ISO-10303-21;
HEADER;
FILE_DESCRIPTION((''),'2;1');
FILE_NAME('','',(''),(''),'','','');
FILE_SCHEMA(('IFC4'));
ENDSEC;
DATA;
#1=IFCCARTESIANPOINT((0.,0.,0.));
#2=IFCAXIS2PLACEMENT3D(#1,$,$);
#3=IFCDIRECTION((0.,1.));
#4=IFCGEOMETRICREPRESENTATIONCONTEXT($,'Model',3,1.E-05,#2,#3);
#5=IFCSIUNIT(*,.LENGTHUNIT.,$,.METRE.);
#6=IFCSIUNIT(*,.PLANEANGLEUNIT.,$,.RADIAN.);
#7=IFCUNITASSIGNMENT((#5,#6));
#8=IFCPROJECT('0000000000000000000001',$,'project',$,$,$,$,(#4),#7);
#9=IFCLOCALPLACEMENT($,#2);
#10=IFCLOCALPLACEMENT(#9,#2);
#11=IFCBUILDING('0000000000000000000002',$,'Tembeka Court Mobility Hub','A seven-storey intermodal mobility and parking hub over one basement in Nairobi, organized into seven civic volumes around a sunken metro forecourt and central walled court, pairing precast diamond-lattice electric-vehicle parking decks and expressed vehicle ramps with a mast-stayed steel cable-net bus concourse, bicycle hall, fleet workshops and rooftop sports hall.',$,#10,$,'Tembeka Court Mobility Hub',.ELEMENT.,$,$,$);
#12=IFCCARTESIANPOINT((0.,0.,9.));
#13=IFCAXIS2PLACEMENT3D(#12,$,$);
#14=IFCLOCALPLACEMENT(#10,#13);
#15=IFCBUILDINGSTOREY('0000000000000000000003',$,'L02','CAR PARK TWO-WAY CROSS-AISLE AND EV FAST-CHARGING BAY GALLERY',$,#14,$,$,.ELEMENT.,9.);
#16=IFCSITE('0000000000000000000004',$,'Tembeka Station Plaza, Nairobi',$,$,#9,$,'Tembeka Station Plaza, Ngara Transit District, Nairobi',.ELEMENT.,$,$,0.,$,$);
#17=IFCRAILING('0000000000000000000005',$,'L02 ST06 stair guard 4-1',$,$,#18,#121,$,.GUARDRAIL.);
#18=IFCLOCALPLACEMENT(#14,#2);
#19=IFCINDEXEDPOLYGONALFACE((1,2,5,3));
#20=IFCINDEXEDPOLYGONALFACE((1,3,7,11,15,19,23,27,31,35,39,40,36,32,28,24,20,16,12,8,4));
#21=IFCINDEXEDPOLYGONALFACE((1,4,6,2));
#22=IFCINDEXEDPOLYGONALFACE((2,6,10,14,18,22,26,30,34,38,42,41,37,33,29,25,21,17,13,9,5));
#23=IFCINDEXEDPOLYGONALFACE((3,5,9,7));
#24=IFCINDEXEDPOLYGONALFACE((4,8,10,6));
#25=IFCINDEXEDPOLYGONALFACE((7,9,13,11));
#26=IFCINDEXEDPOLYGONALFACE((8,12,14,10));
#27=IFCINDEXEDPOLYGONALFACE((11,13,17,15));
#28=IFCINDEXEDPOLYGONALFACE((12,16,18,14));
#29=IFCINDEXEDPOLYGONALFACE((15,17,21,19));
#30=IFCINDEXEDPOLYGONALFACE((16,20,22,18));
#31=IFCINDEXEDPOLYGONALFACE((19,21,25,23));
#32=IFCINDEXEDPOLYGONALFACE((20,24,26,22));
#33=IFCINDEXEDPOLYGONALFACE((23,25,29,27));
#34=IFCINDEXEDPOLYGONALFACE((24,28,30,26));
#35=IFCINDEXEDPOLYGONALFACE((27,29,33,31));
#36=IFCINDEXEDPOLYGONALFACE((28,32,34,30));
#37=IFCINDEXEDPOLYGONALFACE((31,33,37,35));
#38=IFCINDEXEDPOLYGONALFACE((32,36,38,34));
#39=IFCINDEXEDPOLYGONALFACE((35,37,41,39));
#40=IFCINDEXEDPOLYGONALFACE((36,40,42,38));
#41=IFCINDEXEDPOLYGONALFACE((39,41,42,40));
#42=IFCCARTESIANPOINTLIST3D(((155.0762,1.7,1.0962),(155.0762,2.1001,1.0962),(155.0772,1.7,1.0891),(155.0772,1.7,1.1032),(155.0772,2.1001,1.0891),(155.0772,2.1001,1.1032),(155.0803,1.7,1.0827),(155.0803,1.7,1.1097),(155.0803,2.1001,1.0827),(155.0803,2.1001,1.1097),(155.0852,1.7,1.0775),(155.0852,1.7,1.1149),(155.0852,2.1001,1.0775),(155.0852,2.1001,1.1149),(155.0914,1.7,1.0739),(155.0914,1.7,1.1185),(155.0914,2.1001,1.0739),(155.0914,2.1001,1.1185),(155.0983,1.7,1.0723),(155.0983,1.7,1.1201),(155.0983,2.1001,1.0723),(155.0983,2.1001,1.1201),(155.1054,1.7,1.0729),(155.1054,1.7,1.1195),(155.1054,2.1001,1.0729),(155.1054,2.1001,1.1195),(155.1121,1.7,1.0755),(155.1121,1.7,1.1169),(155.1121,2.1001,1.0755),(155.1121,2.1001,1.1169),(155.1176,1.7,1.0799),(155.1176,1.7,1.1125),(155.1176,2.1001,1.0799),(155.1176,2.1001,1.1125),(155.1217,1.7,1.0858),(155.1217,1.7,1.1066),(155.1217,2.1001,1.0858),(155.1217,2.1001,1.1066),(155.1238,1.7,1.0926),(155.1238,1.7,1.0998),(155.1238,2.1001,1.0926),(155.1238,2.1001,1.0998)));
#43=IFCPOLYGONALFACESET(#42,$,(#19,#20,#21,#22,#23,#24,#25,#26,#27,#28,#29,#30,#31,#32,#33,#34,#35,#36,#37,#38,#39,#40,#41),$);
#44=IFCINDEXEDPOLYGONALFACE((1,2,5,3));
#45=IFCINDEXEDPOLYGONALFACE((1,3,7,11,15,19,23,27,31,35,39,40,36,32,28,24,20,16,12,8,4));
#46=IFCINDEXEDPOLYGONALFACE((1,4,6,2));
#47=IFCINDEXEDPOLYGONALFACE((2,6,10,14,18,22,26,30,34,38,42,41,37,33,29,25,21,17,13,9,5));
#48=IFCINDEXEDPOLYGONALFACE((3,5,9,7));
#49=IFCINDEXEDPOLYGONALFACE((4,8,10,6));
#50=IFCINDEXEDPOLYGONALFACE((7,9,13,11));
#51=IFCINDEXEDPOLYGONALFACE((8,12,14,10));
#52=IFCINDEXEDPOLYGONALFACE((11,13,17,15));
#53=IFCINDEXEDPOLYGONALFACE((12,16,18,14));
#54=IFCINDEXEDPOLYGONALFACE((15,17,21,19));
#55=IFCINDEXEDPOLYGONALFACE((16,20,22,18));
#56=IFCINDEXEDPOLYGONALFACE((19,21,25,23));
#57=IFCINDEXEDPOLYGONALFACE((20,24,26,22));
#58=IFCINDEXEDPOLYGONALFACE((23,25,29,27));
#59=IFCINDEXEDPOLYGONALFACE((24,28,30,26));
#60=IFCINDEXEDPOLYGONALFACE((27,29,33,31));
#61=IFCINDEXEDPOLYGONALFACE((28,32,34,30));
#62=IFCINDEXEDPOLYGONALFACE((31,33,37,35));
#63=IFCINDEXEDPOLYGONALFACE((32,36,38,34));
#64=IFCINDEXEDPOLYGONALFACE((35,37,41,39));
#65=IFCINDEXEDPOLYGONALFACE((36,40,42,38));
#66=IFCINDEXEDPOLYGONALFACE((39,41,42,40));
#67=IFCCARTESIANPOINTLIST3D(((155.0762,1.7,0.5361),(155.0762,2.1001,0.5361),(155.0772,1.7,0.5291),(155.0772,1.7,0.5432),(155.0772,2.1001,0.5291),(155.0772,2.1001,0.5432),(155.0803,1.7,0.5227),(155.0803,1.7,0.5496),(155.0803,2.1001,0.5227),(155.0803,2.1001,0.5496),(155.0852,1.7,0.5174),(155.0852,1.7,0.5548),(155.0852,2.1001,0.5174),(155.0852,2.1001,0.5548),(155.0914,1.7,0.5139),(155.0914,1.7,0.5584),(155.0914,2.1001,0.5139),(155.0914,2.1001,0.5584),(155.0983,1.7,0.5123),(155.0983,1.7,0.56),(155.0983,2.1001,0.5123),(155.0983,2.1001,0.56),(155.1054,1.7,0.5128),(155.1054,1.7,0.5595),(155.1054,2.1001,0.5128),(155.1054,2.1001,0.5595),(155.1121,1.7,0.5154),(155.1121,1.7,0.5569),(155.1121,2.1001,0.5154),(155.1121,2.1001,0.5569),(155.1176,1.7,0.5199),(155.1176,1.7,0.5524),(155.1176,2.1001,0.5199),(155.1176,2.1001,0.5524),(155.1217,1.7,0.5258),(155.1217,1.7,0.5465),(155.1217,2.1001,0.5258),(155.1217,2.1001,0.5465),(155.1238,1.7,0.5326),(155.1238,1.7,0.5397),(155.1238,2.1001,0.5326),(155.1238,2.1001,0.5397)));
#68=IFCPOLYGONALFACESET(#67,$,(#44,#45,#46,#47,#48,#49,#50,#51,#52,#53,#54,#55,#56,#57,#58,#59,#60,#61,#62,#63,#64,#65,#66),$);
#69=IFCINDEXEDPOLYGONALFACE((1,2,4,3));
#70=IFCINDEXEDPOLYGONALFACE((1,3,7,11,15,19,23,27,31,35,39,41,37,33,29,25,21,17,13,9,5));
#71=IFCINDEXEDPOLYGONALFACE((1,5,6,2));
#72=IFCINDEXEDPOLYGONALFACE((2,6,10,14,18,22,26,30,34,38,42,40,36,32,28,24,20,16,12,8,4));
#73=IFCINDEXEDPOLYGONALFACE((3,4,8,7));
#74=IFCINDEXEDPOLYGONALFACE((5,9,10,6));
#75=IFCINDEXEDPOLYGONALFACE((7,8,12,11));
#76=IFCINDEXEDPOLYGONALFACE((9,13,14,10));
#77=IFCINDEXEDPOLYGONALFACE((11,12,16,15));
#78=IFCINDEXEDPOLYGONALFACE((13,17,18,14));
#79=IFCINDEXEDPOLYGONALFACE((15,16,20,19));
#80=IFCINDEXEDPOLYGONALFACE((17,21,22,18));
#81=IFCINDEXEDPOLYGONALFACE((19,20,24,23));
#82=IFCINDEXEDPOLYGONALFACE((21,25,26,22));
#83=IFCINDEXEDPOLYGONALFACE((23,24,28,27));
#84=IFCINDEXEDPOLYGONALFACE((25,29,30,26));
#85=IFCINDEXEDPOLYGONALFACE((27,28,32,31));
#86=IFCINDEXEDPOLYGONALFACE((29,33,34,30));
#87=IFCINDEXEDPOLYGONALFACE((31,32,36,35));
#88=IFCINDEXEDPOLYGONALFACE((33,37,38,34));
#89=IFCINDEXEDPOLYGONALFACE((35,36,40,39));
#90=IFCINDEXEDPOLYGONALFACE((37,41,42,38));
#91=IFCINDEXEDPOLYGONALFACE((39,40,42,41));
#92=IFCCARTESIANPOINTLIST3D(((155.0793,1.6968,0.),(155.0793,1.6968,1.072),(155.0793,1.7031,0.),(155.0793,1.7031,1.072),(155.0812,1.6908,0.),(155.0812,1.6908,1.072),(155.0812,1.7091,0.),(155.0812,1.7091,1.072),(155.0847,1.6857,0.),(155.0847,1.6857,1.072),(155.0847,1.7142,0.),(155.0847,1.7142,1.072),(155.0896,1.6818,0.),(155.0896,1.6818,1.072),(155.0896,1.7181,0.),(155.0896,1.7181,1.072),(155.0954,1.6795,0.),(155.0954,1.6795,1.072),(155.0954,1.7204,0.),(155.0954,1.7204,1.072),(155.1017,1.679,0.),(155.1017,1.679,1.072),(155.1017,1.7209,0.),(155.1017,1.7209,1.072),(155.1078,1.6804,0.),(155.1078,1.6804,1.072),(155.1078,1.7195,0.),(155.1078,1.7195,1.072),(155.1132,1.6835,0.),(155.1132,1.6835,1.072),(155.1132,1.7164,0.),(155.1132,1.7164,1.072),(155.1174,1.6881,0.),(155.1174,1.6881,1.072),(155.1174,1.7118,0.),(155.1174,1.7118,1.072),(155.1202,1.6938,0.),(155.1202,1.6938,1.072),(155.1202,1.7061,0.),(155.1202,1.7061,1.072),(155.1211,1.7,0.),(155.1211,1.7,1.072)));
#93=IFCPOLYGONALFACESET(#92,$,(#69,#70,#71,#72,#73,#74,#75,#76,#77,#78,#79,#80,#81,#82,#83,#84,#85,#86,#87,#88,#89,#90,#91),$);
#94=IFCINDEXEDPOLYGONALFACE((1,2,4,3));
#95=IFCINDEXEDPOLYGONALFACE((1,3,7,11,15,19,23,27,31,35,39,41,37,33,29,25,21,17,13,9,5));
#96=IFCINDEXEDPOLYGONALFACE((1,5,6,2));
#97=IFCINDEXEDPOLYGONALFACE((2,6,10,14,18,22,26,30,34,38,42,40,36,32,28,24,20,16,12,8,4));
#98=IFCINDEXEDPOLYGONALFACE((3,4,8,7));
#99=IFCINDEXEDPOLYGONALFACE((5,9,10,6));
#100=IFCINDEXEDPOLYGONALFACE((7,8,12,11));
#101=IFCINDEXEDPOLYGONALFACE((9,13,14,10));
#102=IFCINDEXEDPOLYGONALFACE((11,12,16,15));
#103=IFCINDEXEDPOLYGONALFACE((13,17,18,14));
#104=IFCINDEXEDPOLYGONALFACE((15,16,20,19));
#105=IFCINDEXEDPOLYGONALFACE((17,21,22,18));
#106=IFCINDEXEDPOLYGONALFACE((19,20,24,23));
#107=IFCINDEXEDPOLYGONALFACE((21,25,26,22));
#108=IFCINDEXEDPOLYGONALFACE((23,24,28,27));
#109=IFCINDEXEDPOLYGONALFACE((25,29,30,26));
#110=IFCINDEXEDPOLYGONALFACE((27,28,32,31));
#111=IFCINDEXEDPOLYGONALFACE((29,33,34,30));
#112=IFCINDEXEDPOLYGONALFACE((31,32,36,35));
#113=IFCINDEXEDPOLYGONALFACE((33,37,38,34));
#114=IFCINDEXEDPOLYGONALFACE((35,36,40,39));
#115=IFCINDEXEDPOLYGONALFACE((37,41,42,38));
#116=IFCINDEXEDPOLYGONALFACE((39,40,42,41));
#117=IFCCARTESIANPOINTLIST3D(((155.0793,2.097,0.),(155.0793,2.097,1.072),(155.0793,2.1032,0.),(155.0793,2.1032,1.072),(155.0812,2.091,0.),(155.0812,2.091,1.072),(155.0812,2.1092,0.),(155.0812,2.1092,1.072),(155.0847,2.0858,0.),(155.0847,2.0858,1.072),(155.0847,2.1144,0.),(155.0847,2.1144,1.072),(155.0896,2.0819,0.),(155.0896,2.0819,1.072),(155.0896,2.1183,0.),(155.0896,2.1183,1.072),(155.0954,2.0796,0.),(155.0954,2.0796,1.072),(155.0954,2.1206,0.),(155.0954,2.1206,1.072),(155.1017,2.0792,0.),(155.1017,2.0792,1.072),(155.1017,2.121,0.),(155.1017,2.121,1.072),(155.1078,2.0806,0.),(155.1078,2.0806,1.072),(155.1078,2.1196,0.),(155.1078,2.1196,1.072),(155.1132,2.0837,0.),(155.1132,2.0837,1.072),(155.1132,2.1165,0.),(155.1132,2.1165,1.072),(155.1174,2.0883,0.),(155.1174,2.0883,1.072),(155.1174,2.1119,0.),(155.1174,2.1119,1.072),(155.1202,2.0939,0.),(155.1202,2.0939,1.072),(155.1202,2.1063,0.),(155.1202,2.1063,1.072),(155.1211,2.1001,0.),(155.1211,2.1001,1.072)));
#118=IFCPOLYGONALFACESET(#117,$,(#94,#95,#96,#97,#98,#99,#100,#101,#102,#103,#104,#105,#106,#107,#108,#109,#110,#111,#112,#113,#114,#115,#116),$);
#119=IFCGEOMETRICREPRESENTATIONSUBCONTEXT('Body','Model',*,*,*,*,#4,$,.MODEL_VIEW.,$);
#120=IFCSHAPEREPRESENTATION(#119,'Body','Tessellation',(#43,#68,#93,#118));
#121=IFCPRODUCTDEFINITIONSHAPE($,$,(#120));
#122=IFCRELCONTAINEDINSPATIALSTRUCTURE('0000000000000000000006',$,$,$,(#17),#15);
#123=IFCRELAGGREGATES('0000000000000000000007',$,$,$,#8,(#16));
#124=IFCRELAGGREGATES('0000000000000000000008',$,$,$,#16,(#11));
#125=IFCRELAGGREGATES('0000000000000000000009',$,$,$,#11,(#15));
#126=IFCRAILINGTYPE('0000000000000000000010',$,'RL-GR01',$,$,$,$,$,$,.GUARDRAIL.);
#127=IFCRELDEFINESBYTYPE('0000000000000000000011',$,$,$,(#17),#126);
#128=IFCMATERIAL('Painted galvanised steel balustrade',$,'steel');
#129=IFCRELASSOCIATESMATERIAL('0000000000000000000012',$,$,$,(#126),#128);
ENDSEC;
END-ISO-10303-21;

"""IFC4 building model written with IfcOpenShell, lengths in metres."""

from ifc_helpers import new_model, si_unit, direction, frame, origin, origin_2d, place, context, subcontext, project, spatial, circle, extrude, material, type_object, element, save


model = new_model("IFC4")

# Units and contexts
model_context = context("Model", 3, precision=1e-05, world=origin(), true_north=direction((0.0, 1.0)))
body_context = subcontext(model_context, "Body", "Model", "MODEL_VIEW")
ifc_project = project(units=[si_unit("LENGTHUNIT", "METRE"), si_unit("PLANEANGLEUNIT", "RADIAN")], contexts=[model_context])

# Site, building, storey
site_placement = place(None, origin())
site = spatial("IfcSite", under=ifc_project, at=site_placement, Name="Tembeka Station Plaza, Nairobi", LongName="Tembeka Station Plaza, Ngara Transit District, Nairobi", CompositionType="ELEMENT", RefElevation=0.0)
building_placement = place(site_placement, origin())
building = spatial("IfcBuilding", under=site, at=building_placement, Name="Tembeka Court Mobility Hub", Description="A seven-storey intermodal mobility and parking hub over one basement in Nairobi, organized into seven civic volumes around a sunken metro forecourt and central walled court, pairing precast diamond-lattice electric-vehicle parking decks and expressed vehicle ramps with a mast-stayed steel cable-net bus concourse, bicycle hall, fleet workshops and rooftop sports hall.", LongName="Tembeka Court Mobility Hub", CompositionType="ELEMENT")
storey_placement = place(building_placement, frame((0.0, 0.0, 9.0)))
storey = spatial("IfcBuildingStorey", under=building, at=storey_placement, Name="L02", Description="CAR PARK TWO-WAY CROSS-AISLE AND EV FAST-CHARGING BAY GALLERY", CompositionType="ELEMENT", Elevation=9.0)

# Railing
ifc_material_1 = material(Name="Painted galvanised steel balustrade", Category="steel")
railing_type_1 = type_object("IfcRailingType", Name="RL-GR01", PredefinedType="GUARDRAIL", material=ifc_material_1)
railing_1_placement = place(storey_placement, frame((155.1001, 1.7, 0.0)))
element("IfcRailing", 1, at=railing_1_placement, inside=storey, type_object=railing_type_1, Name="L02 ST06 stair guard 4-1", PredefinedType="GUARDRAIL", context=body_context, shape_type="SweptSolid", body=[
    extrude(circle(Radius=0.0239, at=origin_2d()), frame((0.0, 0.0, 1.0962), z_axis=(0.0, 1.0, 0.0), x_axis=(-1.0, 0.0, 0.0)), (0.0, 0.0, 1.0), 0.4001),
    extrude(circle(Radius=0.0239, at=origin_2d()), frame((0.0, 0.0, 0.5361), z_axis=(0.0, 1.0, 0.0), x_axis=(-1.0, 0.0, 0.0)), (0.0, 0.0, 1.0), 0.4001),
    extrude(circle(Radius=0.021, at=origin_2d()), origin(), (0.0, 0.0, 1.0), 1.072),
    extrude(circle(Radius=0.021, at=origin_2d()), frame((0.0, 0.4001, 0.0)), (0.0, 0.0, 1.0), 1.072),
])

save(model, "model.ifc")
